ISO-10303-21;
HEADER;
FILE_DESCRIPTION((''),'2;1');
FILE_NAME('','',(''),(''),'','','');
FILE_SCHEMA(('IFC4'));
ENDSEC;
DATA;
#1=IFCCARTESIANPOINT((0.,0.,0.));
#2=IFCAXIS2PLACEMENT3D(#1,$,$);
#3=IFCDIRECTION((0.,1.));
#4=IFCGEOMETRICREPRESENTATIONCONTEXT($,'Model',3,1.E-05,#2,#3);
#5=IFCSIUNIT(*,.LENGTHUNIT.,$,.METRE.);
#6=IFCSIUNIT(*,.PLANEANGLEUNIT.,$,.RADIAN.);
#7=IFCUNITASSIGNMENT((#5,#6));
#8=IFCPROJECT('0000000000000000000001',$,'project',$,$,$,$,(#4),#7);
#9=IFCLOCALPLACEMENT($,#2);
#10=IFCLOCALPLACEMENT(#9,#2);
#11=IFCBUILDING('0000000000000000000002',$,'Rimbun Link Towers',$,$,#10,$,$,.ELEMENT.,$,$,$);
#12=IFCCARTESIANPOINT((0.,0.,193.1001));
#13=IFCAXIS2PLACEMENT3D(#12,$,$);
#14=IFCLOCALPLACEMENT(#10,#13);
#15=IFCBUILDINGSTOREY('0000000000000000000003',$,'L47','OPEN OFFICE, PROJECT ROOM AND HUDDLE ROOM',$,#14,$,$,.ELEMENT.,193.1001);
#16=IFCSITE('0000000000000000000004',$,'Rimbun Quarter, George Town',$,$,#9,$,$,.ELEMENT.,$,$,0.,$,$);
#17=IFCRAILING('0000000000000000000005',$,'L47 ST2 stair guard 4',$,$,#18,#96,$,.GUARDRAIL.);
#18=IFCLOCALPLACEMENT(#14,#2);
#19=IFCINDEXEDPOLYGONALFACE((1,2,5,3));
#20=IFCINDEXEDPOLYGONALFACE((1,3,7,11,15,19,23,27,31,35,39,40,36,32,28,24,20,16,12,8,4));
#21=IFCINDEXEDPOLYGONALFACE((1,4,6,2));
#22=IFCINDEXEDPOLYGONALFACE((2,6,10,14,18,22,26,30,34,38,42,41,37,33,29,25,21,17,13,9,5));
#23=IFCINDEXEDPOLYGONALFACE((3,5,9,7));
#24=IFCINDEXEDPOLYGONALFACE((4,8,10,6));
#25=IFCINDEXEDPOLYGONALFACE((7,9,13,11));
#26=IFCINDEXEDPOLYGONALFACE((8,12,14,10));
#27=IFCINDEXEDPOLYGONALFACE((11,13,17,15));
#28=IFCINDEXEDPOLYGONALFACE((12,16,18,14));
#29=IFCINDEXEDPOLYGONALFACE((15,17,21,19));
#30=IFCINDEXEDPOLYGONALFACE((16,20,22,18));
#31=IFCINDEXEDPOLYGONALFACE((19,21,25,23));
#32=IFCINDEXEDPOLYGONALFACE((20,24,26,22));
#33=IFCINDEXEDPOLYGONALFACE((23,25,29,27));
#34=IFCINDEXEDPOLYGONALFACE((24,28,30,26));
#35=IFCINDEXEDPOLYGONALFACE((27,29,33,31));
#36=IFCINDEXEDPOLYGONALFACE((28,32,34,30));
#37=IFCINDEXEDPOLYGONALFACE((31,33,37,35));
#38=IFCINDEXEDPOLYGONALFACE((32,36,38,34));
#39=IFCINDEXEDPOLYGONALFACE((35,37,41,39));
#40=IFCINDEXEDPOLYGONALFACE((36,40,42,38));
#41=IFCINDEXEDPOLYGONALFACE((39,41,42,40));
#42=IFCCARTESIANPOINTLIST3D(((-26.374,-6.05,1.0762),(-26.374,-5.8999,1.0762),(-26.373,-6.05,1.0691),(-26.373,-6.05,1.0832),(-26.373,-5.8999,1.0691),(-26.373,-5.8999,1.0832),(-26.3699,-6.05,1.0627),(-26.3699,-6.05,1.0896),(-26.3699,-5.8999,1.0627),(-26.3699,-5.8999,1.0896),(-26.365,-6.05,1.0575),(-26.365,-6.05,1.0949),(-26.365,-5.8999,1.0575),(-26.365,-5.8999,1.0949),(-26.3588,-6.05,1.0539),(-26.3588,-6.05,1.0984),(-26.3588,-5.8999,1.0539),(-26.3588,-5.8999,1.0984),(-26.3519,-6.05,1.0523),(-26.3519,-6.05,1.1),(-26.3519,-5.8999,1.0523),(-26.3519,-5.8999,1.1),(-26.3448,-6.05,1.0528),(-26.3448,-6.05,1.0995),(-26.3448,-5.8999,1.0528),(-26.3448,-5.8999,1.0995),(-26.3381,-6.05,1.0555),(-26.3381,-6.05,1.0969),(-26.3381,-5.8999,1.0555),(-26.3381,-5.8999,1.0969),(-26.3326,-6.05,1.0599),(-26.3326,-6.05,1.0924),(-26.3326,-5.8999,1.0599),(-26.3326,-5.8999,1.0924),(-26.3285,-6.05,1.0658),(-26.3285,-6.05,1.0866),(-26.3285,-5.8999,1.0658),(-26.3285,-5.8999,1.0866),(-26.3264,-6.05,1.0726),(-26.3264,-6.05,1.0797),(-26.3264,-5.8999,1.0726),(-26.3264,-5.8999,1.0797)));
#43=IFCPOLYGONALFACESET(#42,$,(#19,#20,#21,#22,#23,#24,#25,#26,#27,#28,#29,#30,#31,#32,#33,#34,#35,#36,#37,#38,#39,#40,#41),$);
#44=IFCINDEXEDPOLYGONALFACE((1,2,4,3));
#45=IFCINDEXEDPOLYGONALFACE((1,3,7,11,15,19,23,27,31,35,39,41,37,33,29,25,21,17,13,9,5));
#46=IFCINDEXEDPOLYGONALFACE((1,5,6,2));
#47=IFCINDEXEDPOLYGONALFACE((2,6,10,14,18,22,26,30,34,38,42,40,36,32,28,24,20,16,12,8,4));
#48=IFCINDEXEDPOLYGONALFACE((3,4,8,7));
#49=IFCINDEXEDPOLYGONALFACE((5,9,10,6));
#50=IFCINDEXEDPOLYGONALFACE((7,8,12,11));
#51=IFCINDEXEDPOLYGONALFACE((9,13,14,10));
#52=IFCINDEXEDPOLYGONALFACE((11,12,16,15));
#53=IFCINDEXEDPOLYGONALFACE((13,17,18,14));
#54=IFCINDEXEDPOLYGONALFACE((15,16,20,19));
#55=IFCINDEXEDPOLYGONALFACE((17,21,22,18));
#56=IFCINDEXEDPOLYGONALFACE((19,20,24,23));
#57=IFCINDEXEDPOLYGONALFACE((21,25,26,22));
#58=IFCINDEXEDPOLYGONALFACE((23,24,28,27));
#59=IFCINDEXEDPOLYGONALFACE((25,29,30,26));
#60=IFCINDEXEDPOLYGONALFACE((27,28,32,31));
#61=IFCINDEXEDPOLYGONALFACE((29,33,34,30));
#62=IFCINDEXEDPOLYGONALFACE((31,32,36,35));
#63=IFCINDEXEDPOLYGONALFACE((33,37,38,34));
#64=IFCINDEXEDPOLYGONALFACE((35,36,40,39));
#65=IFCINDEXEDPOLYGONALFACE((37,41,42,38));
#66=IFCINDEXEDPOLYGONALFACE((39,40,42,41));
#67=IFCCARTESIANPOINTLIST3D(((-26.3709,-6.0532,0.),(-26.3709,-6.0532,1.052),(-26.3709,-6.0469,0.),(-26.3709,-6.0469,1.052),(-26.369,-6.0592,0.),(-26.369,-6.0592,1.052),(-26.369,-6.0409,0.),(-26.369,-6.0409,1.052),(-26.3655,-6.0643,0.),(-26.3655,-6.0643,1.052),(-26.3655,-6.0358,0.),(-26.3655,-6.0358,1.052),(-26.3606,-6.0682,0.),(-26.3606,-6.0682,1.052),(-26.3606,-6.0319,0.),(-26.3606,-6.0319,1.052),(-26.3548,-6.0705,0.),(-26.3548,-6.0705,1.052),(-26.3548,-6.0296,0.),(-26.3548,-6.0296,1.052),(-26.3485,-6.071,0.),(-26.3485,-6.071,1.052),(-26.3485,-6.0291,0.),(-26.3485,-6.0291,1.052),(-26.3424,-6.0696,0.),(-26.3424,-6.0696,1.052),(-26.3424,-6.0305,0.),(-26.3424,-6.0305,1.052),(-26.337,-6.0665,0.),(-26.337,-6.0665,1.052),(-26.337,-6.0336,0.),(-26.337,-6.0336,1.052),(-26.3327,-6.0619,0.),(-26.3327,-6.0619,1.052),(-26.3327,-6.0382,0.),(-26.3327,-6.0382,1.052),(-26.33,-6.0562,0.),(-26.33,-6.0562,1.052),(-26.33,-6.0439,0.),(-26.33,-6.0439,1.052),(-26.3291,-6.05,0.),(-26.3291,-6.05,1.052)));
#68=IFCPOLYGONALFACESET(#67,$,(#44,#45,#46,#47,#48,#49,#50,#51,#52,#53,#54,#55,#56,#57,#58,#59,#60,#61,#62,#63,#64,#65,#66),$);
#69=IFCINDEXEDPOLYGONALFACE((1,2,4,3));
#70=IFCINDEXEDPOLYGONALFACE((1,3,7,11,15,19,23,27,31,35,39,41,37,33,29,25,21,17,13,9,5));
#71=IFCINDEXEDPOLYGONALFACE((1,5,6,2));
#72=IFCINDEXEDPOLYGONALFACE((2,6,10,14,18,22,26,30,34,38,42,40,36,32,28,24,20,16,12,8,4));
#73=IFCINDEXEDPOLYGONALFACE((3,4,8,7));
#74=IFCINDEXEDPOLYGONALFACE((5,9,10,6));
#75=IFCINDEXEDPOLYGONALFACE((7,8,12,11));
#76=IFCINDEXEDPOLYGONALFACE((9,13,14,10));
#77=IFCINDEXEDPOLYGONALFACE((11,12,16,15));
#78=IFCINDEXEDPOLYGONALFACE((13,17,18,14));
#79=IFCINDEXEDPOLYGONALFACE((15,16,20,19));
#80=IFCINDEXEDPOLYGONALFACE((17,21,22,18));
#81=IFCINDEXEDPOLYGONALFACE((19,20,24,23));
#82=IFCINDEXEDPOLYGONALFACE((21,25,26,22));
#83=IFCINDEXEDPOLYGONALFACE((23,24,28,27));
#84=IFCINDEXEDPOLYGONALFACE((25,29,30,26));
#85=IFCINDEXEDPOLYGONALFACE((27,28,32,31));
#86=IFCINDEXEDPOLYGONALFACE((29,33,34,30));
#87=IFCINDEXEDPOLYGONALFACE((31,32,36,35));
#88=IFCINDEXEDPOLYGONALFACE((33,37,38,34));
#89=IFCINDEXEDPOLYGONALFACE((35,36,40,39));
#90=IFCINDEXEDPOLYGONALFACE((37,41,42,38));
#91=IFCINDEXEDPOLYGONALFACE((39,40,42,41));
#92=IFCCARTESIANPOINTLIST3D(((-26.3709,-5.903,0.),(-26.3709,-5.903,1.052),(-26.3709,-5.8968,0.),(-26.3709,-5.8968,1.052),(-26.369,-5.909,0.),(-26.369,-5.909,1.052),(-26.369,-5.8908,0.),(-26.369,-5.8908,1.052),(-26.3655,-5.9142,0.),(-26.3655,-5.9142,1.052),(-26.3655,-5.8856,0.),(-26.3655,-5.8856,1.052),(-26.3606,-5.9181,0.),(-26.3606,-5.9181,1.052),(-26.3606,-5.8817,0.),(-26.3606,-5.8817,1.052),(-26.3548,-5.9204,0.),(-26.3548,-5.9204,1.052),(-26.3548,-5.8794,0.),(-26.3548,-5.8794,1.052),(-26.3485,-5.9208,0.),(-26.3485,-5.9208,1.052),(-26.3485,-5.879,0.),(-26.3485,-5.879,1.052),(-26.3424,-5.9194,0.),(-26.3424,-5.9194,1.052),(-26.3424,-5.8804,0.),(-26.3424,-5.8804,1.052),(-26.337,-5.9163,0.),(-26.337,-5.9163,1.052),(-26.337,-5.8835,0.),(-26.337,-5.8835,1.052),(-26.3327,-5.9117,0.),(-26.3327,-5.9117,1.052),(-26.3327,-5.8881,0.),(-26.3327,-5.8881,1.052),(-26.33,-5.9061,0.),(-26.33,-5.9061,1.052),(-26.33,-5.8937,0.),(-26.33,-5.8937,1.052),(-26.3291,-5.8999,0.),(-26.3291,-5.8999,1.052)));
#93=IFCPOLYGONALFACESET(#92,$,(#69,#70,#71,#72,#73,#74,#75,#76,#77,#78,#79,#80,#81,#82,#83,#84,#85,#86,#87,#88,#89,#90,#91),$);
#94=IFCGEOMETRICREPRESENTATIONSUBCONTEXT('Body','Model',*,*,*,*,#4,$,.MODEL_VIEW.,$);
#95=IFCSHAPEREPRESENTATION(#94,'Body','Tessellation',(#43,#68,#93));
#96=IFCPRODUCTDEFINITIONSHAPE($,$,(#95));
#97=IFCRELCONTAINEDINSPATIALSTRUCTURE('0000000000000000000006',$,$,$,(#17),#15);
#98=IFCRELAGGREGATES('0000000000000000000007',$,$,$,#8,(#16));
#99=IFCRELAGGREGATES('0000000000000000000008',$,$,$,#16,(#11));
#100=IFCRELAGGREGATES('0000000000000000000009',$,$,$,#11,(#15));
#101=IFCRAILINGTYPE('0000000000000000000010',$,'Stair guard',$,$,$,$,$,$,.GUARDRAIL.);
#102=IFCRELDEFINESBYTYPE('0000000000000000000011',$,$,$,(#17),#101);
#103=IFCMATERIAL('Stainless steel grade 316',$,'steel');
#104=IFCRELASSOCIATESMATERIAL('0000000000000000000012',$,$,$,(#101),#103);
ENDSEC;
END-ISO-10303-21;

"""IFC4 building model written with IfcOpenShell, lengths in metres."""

from ifc_helpers import new_model, si_unit, direction, frame, origin, origin_2d, place, context, subcontext, project, spatial, circle, extrude, material, type_object, element, save


model = new_model("IFC4")

# Units and contexts
model_context = context("Model", 3, precision=1e-05, world=origin(), true_north=direction((0.0, 1.0)))
body_context = subcontext(model_context, "Body", "Model", "MODEL_VIEW")
ifc_project = project(units=[si_unit("LENGTHUNIT", "METRE"), si_unit("PLANEANGLEUNIT", "RADIAN")], contexts=[model_context])

# Site, building, storey
site_placement = place(None, origin())
site = spatial("IfcSite", under=ifc_project, at=site_placement, Name="Rimbun Quarter, George Town", CompositionType="ELEMENT", RefElevation=0.0)
building_placement = place(site_placement, origin())
building = spatial("IfcBuilding", under=site, at=building_placement, Name="Rimbun Link Towers", CompositionType="ELEMENT")
storey_placement = place(building_placement, frame((0.0, 0.0, 193.1001)))
storey = spatial("IfcBuildingStorey", under=building, at=storey_placement, Name="L47", Description="OPEN OFFICE, PROJECT ROOM AND HUDDLE ROOM", CompositionType="ELEMENT", Elevation=193.1001)

# Railing
ifc_material_1 = material(Name="Stainless steel grade 316", Category="steel")
railing_type_1 = type_object("IfcRailingType", Name="Stair guard", PredefinedType="GUARDRAIL", material=ifc_material_1)
railing_1_placement = place(storey_placement, frame((-26.3501, -6.05, 0.0)))
element("IfcRailing", 1, at=railing_1_placement, inside=storey, type_object=railing_type_1, Name="L47 ST2 stair guard 4", PredefinedType="GUARDRAIL", context=body_context, shape_type="SweptSolid", body=[
    extrude(circle(Radius=0.0239, at=origin_2d()), frame((0.0, 0.0, 1.0762), z_axis=(0.0, 1.0, 0.0), x_axis=(-1.0, 0.0, 0.0)), (0.0, 0.0, 1.0), 0.1501),
    extrude(circle(Radius=0.021, at=origin_2d()), origin(), (0.0, 0.0, 1.0), 1.052),
    extrude(circle(Radius=0.021, at=origin_2d()), frame((0.0, 0.1501, 0.0)), (0.0, 0.0, 1.0), 1.052),
])

save(model, "model.ifc")
